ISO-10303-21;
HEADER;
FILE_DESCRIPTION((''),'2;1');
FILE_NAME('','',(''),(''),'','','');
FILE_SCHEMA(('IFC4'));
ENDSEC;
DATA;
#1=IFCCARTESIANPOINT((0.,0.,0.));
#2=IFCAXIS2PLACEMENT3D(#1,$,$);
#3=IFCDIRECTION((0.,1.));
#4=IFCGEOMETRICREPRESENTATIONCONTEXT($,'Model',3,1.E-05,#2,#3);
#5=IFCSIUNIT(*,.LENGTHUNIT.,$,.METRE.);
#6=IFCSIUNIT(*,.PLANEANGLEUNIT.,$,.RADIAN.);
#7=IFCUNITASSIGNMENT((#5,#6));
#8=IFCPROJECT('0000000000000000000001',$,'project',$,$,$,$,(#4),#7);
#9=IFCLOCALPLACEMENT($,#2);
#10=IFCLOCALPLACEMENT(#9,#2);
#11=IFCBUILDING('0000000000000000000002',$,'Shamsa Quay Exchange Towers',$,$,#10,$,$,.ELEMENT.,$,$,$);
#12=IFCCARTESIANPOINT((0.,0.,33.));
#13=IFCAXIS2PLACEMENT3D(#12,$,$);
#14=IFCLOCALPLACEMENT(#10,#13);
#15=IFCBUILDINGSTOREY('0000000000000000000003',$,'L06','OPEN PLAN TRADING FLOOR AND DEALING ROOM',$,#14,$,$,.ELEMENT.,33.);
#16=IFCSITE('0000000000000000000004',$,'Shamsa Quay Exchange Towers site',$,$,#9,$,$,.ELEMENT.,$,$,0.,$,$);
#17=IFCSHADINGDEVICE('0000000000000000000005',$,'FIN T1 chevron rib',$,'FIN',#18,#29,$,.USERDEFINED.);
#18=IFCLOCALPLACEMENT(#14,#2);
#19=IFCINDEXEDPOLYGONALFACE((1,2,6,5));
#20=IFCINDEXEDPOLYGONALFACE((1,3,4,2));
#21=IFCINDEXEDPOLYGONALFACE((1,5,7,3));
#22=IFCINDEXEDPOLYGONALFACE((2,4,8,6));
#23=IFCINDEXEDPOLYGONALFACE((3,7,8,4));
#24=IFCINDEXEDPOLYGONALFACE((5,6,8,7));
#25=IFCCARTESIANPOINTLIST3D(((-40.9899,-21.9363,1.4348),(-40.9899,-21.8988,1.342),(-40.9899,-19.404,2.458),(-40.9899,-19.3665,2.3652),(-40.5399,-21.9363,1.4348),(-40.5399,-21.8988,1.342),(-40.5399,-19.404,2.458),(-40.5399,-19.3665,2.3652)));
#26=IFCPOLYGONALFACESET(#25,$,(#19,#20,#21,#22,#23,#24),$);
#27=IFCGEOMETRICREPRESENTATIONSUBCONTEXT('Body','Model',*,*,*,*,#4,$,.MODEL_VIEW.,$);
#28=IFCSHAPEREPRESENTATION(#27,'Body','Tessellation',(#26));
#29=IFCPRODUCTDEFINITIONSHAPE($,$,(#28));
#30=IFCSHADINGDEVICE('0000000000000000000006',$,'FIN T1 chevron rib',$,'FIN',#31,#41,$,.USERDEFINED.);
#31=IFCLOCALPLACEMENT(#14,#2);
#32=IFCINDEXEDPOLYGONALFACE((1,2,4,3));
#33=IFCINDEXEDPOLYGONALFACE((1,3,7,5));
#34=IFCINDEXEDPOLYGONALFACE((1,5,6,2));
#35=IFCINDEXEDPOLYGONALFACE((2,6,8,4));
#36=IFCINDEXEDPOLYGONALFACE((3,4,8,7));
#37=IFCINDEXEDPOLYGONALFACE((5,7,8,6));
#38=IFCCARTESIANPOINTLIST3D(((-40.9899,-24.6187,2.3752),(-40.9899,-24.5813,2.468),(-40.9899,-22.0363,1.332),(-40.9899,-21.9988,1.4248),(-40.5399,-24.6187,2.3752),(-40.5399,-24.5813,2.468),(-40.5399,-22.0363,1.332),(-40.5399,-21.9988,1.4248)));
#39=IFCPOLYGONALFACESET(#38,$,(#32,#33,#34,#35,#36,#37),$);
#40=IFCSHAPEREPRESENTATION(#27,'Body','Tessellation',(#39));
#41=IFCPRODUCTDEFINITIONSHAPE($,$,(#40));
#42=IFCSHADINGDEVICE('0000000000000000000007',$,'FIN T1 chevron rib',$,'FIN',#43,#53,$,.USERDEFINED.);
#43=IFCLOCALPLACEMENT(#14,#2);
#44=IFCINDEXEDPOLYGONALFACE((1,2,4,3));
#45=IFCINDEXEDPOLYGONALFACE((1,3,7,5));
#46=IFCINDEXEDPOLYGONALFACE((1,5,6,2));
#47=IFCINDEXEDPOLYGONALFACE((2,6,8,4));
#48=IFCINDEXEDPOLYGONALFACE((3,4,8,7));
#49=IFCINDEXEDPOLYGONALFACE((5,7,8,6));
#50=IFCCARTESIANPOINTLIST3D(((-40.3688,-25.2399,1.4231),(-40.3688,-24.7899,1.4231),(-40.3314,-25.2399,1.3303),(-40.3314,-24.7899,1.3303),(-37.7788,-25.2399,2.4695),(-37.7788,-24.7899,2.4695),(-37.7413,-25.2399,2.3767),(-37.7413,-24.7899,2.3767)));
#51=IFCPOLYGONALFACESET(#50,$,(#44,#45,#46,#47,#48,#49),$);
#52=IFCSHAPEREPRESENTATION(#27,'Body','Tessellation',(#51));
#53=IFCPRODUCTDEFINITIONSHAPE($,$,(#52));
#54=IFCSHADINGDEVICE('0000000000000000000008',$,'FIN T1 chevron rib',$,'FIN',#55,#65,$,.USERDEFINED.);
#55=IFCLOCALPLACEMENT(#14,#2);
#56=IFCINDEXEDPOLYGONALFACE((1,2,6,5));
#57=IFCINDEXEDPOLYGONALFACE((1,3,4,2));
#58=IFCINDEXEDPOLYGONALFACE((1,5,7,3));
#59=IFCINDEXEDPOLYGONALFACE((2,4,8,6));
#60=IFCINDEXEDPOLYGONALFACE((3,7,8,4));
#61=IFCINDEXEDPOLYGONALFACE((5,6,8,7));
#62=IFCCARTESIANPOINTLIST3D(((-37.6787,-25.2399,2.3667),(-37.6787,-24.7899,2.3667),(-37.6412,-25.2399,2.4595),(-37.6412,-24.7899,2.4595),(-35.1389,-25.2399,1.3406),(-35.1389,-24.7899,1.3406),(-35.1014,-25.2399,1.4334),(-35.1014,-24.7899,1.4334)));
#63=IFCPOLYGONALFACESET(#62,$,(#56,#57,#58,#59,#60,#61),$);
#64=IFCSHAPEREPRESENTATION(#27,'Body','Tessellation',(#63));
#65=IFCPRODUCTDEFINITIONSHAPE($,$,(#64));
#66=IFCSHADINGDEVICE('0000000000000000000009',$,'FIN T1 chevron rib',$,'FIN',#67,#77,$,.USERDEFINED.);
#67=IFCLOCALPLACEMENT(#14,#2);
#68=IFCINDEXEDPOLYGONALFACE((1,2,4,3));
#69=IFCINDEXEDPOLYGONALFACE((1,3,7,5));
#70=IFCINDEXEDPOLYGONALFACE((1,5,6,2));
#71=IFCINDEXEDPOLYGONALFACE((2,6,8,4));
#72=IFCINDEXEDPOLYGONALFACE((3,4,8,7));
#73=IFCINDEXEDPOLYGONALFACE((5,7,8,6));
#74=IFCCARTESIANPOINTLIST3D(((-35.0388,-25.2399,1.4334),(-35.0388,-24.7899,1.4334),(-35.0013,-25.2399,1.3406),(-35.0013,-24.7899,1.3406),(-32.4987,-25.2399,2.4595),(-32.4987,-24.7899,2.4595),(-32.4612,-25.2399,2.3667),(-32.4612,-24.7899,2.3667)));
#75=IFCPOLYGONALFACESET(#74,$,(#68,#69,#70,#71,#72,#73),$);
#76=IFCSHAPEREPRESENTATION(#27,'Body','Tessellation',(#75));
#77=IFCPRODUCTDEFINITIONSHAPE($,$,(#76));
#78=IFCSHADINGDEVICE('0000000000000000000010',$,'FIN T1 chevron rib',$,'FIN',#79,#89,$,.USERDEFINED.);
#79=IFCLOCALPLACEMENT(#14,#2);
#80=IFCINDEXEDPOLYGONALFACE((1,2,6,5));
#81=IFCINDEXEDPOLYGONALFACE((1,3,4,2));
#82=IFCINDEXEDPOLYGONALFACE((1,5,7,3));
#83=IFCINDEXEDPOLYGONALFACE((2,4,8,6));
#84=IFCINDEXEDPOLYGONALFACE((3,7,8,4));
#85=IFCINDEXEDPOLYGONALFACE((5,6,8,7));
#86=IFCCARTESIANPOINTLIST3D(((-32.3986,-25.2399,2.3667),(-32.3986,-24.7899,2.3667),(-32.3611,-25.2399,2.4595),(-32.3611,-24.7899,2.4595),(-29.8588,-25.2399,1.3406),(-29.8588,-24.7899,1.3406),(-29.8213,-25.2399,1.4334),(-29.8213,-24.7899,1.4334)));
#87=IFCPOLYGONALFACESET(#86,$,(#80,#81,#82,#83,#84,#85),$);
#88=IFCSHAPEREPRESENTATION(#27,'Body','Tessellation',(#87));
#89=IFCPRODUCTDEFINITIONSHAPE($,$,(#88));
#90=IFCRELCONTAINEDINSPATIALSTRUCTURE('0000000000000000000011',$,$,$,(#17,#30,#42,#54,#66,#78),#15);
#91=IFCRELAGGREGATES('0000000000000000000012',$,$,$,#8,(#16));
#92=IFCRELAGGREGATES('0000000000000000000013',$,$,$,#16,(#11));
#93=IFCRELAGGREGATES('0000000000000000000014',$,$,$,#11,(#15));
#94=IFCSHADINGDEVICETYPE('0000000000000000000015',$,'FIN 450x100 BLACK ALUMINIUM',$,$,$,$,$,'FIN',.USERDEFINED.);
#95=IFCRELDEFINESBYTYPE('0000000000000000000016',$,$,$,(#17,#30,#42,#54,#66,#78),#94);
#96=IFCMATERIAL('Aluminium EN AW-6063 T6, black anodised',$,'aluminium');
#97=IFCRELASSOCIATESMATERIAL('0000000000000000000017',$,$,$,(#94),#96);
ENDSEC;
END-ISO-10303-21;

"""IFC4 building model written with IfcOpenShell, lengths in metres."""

from ifc_helpers import new_model, si_unit, direction, frame, origin, origin_2d, place, context, subcontext, project, spatial, rectangle, extrude, material, material_profile, profile_set, type_object, element, save


model = new_model("IFC4")

# Units and contexts
model_context = context("Model", 3, precision=1e-05, world=origin(), true_north=direction((0.0, 1.0)))
body_context = subcontext(model_context, "Body", "Model", "MODEL_VIEW")
ifc_project = project(units=[si_unit("LENGTHUNIT", "METRE"), si_unit("PLANEANGLEUNIT", "RADIAN")], contexts=[model_context])

# Site, building, storey
site_placement = place(None, origin())
site = spatial("IfcSite", under=ifc_project, at=site_placement, Name="Shamsa Quay Exchange Towers site", CompositionType="ELEMENT", RefElevation=0.0)
building_placement = place(site_placement, origin())
building = spatial("IfcBuilding", under=site, at=building_placement, Name="Shamsa Quay Exchange Towers", CompositionType="ELEMENT")
storey_placement = place(building_placement, frame((0.0, 0.0, 33.0)))
storey = spatial("IfcBuildingStorey", under=building, at=storey_placement, Name="L06", Description="OPEN PLAN TRADING FLOOR AND DEALING ROOM", CompositionType="ELEMENT", Elevation=33.0)

# Shared definitions
ifc_material_1 = material(Name="Aluminium EN AW-6063 T6, black anodised", Category="aluminium")

# Shading devices
ifc_material_profile_1 = material_profile(ifc_material_1, rectangle(XDim=0.45, YDim=0.1001, at=origin_2d()), Name="FIN450x100")
ifc_profile_set_1 = profile_set([ifc_material_profile_1], Name="Aluminium EN AW-6063 T6, black anodised")
shading_device_type = type_object("IfcShadingDeviceType", Name="FIN 450x100 BLACK ALUMINIUM", ElementType="FIN", PredefinedType="USERDEFINED", material=ifc_profile_set_1)
shading_device_1_placement = place(storey_placement, frame((-40.7649, -19.3853, 2.4116), z_axis=(0.0, -0.92717, -0.37464), x_axis=(1.0, 0.0, 0.0)))
element("IfcShadingDevice", 1, at=shading_device_1_placement, inside=storey, type_object=shading_device_type, Name="FIN T1 chevron rib", ObjectType="FIN", PredefinedType="USERDEFINED", context=body_context, shape_type="SweptSolid", body=[
    extrude(rectangle(XDim=0.45, YDim=0.1001, at=origin_2d()), origin(), (0.0, 0.0, 1.0), 2.7312),
])
shading_device_2_placement = place(storey_placement, frame((-40.7649, -22.0176, 1.3784), z_axis=(0.0, -0.927208, 0.374547), x_axis=(1.0, 0.0, 0.0)))
element("IfcShadingDevice", 2, at=shading_device_2_placement, inside=storey, type_object=shading_device_type, Name="FIN T1 chevron rib", ObjectType="FIN", PredefinedType="USERDEFINED", context=body_context, shape_type="SweptSolid", body=[
    extrude(rectangle(XDim=0.45, YDim=0.1001, at=origin_2d()), origin(), (0.0, 0.0, 1.0), 2.7852),
])
shading_device_3_placement = place(storey_placement, frame((-40.3501, -25.0149, 1.3767), z_axis=(0.927193, 0.0, 0.374583), x_axis=(0.0, 1.0, 0.0)))
element("IfcShadingDevice", 3, at=shading_device_3_placement, inside=storey, type_object=shading_device_type, Name="FIN T1 chevron rib", ObjectType="FIN", PredefinedType="USERDEFINED", context=body_context, shape_type="SweptSolid", body=[
    extrude(rectangle(XDim=0.45, YDim=0.1001, at=origin_2d()), origin(), (0.0, 0.0, 1.0), 2.7935),
])
shading_device_4_placement = place(storey_placement, frame((-37.6599, -25.0149, 2.4131), z_axis=(0.927186, 0.0, -0.3746), x_axis=(0.0, 1.0, 0.0)))
element("IfcShadingDevice", 4, at=shading_device_4_placement, inside=storey, type_object=shading_device_type, Name="FIN T1 chevron rib", ObjectType="FIN", PredefinedType="USERDEFINED", context=body_context, shape_type="SweptSolid", body=[
    extrude(rectangle(XDim=0.45, YDim=0.1001, at=origin_2d()), origin(), (0.0, 0.0, 1.0), 2.7393),
])
shading_device_5_placement = place(storey_placement, frame((-35.02, -25.0149, 1.387), z_axis=(0.927199, 0.0, 0.374569), x_axis=(0.0, 1.0, 0.0)))
element("IfcShadingDevice", 5, at=shading_device_5_placement, inside=storey, type_object=shading_device_type, Name="FIN T1 chevron rib", ObjectType="FIN", PredefinedType="USERDEFINED", context=body_context, shape_type="SweptSolid", body=[
    extrude(rectangle(XDim=0.45, YDim=0.1001, at=origin_2d()), origin(), (0.0, 0.0, 1.0), 2.7395),
])
shading_device_6_placement = place(storey_placement, frame((-32.3799, -25.0149, 2.4131), z_axis=(0.927186, 0.0, -0.3746), x_axis=(0.0, 1.0, 0.0)))
element("IfcShadingDevice", 6, at=shading_device_6_placement, inside=storey, type_object=shading_device_type, Name="FIN T1 chevron rib", ObjectType="FIN", PredefinedType="USERDEFINED", context=body_context, shape_type="SweptSolid", body=[
    extrude(rectangle(XDim=0.45, YDim=0.1001, at=origin_2d()), origin(), (0.0, 0.0, 1.0), 2.7393),
])

save(model, "model.ifc")
